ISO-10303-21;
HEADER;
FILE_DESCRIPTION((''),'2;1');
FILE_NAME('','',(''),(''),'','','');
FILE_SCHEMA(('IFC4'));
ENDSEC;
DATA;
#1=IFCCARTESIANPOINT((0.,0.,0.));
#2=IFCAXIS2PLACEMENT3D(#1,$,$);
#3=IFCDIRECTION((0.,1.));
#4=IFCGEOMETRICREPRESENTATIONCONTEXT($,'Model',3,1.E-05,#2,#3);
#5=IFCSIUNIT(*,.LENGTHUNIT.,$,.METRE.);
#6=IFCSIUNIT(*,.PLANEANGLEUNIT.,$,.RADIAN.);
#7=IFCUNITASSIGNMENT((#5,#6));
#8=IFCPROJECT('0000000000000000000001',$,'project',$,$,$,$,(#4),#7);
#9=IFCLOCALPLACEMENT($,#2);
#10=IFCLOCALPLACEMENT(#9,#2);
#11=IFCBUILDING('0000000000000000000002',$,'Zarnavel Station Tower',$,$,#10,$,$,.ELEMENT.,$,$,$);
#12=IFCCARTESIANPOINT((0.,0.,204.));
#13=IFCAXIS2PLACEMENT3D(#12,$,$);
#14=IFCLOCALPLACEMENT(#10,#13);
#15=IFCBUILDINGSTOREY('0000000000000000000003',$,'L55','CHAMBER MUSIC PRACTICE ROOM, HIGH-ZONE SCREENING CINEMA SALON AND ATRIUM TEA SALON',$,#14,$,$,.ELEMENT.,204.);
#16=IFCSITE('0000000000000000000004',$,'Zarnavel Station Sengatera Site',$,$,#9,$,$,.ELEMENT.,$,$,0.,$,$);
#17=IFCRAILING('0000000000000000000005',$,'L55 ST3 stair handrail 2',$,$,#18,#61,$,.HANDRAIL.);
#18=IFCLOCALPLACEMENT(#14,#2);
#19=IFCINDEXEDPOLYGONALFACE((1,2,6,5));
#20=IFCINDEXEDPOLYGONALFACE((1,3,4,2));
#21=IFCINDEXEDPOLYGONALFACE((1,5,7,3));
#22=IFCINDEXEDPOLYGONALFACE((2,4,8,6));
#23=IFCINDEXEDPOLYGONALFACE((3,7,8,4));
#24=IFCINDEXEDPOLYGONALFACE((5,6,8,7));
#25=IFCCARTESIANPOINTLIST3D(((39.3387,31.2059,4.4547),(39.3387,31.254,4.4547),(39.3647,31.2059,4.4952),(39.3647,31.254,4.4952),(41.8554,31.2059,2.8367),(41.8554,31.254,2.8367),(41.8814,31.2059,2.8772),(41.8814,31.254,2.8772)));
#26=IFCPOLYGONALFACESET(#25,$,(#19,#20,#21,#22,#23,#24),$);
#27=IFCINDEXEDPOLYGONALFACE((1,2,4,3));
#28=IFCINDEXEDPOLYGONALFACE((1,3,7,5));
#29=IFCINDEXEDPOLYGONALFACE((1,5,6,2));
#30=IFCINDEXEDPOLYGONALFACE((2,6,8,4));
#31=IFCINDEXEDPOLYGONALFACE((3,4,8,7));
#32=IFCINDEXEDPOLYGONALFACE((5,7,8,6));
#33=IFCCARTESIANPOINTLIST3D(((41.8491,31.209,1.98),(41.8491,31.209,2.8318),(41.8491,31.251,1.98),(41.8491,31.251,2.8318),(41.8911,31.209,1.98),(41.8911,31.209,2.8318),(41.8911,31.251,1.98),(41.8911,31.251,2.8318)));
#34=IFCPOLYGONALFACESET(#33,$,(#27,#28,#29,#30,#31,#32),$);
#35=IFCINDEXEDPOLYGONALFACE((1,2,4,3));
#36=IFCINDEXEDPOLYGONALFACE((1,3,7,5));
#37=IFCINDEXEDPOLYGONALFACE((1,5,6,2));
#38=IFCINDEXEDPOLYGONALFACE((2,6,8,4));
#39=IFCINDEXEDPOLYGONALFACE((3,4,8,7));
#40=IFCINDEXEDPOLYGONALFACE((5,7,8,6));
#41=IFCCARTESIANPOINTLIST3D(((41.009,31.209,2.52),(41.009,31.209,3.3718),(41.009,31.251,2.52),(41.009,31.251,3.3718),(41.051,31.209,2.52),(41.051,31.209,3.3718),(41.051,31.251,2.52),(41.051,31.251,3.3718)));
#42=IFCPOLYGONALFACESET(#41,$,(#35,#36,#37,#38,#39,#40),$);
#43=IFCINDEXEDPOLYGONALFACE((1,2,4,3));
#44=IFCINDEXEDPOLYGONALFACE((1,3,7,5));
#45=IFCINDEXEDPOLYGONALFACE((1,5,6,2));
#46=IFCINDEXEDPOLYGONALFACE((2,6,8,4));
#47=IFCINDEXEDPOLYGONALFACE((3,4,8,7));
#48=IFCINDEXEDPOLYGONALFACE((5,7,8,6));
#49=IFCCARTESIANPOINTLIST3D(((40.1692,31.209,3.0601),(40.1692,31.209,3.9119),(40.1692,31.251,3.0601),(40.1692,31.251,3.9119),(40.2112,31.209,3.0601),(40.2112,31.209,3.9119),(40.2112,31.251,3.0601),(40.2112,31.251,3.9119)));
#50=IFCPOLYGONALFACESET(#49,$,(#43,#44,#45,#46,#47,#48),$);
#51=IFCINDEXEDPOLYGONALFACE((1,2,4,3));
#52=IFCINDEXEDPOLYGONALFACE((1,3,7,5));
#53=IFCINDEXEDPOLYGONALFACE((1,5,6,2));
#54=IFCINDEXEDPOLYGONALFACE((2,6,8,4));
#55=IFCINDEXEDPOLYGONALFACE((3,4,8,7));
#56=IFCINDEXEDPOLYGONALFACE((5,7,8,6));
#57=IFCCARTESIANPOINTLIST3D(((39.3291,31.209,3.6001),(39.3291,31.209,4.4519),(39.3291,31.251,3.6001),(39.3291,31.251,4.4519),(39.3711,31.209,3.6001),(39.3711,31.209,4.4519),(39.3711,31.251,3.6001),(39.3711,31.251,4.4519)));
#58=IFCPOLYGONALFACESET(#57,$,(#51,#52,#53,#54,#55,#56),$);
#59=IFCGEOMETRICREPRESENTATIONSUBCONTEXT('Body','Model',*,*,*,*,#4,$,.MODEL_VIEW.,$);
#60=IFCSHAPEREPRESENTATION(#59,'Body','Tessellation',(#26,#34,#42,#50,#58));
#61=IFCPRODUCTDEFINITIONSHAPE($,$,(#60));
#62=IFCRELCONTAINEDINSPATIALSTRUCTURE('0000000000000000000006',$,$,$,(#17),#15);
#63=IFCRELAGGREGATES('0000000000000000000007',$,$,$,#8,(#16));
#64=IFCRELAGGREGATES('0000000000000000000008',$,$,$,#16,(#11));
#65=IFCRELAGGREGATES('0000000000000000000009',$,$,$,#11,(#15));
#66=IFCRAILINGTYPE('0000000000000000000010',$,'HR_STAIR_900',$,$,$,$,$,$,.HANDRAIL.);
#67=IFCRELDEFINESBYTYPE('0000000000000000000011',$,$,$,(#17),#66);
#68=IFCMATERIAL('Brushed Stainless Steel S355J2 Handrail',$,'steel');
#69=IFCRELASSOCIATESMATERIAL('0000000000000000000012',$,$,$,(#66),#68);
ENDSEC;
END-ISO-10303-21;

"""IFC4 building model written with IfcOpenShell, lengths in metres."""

from ifc_helpers import new_model, si_unit, direction, frame, origin, origin_2d, place, context, subcontext, project, spatial, rectangle, extrude, material, type_object, element, save


model = new_model("IFC4")

# Units and contexts
model_context = context("Model", 3, precision=1e-05, world=origin(), true_north=direction((0.0, 1.0)))
body_context = subcontext(model_context, "Body", "Model", "MODEL_VIEW")
ifc_project = project(units=[si_unit("LENGTHUNIT", "METRE"), si_unit("PLANEANGLEUNIT", "RADIAN")], contexts=[model_context])

# Site, building, storey
site_placement = place(None, origin())
site = spatial("IfcSite", under=ifc_project, at=site_placement, Name="Zarnavel Station Sengatera Site", CompositionType="ELEMENT", RefElevation=0.0)
building_placement = place(site_placement, origin())
building = spatial("IfcBuilding", under=site, at=building_placement, Name="Zarnavel Station Tower", CompositionType="ELEMENT")
storey_placement = place(building_placement, frame((0.0, 0.0, 204.0)))
storey = spatial("IfcBuildingStorey", under=building, at=storey_placement, Name="L55", Description="CHAMBER MUSIC PRACTICE ROOM, HIGH-ZONE SCREENING CINEMA SALON AND ATRIUM TEA SALON", CompositionType="ELEMENT", Elevation=204.0)

# Railing
ifc_material_1 = material(Name="Brushed Stainless Steel S355J2 Handrail", Category="steel")
railing_type_1 = type_object("IfcRailingType", Name="HR_STAIR_900", PredefinedType="HANDRAIL", material=ifc_material_1)
railing_1_placement = place(storey_placement, frame((41.8701, 31.23, 1.98)))
element("IfcRailing", 1, at=railing_1_placement, inside=storey, type_object=railing_type_1, Name="L55 ST3 stair handrail 2", PredefinedType="HANDRAIL", context=body_context, shape_type="SweptSolid", body=[
    extrude(rectangle(XDim=0.0481, YDim=0.0481, at=origin_2d()), frame((-0.0017, 0.0, 0.877), z_axis=(-0.841163, 0.0, 0.540782), x_axis=(0.0, -1.0, 0.0)), (0.0, 0.0, 1.0), 2.9919),
    extrude(rectangle(XDim=0.042, YDim=0.042, at=origin_2d()), origin(), (0.0, 0.0, 1.0), 0.8518),
    extrude(rectangle(XDim=0.042, YDim=0.042, at=origin_2d()), frame((-0.8401, 0.0, 0.54)), (0.0, 0.0, 1.0), 0.8518),
    extrude(rectangle(XDim=0.042, YDim=0.042, at=origin_2d()), frame((-1.6799, 0.0, 1.0801)), (0.0, 0.0, 1.0), 0.8518),
    extrude(rectangle(XDim=0.042, YDim=0.042, at=origin_2d()), frame((-2.52, 0.0, 1.6201)), (0.0, 0.0, 1.0), 0.8518),
])

save(model, "model.ifc")
